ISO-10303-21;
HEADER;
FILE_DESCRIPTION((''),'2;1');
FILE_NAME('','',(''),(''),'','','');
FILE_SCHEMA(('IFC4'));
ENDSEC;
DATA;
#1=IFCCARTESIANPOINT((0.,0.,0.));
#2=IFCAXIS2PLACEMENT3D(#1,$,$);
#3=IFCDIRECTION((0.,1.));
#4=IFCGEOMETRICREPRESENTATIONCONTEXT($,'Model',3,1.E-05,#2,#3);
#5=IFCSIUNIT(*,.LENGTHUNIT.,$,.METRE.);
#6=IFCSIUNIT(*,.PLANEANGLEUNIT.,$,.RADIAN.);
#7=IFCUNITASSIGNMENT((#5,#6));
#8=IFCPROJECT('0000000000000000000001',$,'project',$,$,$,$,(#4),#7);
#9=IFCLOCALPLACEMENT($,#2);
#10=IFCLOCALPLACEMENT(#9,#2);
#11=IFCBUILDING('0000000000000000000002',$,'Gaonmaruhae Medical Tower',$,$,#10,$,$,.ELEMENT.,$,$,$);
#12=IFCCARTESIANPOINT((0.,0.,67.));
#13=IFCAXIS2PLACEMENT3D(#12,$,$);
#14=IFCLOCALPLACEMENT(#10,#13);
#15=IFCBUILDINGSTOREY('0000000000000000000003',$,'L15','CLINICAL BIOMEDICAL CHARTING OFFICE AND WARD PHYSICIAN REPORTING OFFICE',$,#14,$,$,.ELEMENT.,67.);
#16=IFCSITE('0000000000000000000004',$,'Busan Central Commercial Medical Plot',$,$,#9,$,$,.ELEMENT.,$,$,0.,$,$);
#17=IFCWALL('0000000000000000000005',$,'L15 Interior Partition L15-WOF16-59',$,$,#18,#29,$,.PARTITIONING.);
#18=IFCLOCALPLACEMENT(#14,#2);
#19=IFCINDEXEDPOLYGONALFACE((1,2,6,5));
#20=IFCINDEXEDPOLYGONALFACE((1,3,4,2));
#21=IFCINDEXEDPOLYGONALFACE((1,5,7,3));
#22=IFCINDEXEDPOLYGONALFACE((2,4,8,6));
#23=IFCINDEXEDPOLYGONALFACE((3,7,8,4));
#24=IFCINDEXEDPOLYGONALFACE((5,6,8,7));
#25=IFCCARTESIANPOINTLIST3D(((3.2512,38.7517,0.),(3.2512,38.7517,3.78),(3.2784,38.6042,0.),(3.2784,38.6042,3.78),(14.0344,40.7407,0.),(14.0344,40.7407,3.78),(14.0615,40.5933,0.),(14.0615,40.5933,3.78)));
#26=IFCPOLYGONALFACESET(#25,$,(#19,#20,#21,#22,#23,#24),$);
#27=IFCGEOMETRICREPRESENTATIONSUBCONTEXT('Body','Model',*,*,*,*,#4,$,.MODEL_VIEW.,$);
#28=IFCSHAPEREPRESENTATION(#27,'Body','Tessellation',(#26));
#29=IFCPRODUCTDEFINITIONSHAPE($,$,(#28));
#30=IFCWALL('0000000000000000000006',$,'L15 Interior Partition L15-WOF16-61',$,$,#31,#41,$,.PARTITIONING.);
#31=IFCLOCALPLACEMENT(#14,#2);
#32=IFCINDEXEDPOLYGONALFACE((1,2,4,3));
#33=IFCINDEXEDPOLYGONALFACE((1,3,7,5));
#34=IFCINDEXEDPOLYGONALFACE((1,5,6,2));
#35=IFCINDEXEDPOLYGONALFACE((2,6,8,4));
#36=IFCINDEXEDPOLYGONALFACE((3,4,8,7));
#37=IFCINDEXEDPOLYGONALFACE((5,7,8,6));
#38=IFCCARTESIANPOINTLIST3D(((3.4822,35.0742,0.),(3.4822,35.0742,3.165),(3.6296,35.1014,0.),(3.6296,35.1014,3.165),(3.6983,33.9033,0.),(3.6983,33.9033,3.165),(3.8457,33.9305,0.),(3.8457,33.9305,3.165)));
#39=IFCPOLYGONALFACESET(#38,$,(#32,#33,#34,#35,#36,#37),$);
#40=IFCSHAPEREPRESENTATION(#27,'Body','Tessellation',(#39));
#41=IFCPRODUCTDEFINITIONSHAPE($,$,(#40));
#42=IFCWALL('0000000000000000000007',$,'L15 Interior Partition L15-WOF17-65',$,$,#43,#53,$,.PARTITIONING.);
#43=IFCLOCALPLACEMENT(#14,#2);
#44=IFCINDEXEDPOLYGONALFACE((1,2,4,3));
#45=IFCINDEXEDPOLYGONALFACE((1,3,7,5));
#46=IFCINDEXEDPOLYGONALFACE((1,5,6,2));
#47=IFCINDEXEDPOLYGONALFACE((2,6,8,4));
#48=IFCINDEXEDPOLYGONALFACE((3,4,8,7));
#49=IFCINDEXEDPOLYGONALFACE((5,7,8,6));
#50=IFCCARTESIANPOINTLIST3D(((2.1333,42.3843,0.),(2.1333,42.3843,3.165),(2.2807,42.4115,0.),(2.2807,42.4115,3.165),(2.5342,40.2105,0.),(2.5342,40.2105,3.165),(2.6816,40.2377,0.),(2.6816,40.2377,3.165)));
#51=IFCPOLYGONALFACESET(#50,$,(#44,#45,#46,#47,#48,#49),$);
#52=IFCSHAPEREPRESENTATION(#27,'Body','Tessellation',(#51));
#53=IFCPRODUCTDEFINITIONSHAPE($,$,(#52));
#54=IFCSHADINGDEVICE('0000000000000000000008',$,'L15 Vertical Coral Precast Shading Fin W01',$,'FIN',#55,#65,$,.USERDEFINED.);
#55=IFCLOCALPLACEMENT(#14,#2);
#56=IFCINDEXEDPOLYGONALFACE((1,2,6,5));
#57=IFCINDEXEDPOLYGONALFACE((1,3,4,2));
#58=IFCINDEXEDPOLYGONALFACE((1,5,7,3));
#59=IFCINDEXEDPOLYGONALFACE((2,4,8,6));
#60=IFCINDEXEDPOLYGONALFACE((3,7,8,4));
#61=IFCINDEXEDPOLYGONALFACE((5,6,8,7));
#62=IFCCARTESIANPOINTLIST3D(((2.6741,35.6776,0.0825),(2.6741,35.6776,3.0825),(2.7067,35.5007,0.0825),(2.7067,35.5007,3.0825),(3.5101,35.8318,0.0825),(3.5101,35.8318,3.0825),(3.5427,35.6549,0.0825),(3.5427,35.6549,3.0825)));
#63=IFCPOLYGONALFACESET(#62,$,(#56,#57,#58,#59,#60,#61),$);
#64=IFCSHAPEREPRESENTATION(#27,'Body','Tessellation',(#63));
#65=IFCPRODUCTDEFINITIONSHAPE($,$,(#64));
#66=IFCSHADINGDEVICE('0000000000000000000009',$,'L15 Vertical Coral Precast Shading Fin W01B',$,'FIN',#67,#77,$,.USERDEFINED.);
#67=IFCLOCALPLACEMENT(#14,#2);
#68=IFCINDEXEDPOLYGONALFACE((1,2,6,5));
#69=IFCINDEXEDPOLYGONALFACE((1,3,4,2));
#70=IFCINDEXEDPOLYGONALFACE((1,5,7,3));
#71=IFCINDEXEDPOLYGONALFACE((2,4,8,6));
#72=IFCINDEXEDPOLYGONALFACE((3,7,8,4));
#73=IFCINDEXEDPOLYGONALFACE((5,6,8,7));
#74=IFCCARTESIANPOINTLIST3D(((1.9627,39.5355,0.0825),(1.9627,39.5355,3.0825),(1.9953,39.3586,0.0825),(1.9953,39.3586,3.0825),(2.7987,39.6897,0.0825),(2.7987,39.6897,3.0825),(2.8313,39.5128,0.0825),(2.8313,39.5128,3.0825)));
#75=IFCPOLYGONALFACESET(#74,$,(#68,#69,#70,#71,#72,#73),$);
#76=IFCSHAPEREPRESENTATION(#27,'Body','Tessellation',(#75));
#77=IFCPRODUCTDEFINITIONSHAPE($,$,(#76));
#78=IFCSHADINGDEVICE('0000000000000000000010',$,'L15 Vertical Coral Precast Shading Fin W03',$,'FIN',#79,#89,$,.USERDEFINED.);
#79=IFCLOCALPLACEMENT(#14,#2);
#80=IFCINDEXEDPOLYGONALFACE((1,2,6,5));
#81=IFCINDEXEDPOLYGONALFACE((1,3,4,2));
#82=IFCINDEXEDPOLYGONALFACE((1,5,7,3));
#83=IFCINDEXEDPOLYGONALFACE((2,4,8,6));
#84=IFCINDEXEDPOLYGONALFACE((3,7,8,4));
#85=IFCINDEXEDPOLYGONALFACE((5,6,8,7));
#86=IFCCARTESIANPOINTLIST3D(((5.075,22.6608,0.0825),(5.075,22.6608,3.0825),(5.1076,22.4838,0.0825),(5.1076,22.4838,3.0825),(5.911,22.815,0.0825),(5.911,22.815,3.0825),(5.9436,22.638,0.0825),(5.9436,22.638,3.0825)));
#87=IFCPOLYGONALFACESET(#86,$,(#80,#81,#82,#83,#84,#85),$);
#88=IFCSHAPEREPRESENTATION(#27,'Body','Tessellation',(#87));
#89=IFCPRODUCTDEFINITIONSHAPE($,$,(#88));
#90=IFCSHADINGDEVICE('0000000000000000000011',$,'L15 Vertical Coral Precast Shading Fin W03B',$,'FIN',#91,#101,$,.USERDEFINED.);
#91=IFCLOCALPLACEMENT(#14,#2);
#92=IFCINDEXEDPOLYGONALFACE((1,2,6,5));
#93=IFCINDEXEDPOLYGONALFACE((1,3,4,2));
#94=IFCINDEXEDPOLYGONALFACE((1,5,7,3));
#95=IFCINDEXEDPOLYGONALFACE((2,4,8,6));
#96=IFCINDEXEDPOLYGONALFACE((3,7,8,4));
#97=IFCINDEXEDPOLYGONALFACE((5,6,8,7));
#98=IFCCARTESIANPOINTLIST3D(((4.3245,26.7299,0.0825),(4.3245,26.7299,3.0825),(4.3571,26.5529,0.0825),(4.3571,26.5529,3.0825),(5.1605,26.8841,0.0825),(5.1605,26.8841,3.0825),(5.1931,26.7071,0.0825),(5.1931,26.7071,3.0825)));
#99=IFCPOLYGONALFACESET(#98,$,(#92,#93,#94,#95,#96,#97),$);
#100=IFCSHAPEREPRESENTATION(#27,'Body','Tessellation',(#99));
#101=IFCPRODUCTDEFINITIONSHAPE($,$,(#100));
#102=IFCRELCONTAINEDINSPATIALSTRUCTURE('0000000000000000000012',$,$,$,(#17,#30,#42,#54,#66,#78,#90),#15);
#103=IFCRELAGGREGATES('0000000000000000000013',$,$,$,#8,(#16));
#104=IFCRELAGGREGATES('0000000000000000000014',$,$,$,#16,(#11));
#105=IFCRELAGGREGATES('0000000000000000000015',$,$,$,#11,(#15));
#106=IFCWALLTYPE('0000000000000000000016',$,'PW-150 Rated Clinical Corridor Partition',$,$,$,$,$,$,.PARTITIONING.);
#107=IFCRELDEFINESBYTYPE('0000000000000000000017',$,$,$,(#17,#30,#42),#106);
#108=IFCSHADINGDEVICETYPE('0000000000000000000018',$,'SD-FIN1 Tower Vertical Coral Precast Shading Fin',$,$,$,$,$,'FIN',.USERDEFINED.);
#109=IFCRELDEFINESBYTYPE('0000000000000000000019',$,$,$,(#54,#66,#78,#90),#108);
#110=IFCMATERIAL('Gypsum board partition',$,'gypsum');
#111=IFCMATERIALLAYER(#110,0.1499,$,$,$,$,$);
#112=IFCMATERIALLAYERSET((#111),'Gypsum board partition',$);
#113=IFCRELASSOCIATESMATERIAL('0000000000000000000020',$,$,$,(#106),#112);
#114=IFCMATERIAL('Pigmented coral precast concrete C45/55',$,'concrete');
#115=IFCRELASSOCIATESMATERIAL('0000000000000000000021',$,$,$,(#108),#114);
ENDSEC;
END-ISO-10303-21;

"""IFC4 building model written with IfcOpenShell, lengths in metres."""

from ifc_helpers import new_model, si_unit, direction, frame, frame_2d, origin, origin_2d, place, context, subcontext, project, spatial, rectangle, extrude, material, layer, layer_set, type_object, element, save


model = new_model("IFC4")

# Units and contexts
model_context = context("Model", 3, precision=1e-05, world=origin(), true_north=direction((0.0, 1.0)))
body_context = subcontext(model_context, "Body", "Model", "MODEL_VIEW")
ifc_project = project(units=[si_unit("LENGTHUNIT", "METRE"), si_unit("PLANEANGLEUNIT", "RADIAN")], contexts=[model_context])

# Site, building, storey
site_placement = place(None, origin())
site = spatial("IfcSite", under=ifc_project, at=site_placement, Name="Busan Central Commercial Medical Plot", CompositionType="ELEMENT", RefElevation=0.0)
building_placement = place(site_placement, origin())
building = spatial("IfcBuilding", under=site, at=building_placement, Name="Gaonmaruhae Medical Tower", CompositionType="ELEMENT")
storey_placement = place(building_placement, frame((0.0, 0.0, 67.0)))
storey = spatial("IfcBuildingStorey", under=building, at=storey_placement, Name="L15", Description="CLINICAL BIOMEDICAL CHARTING OFFICE AND WARD PHYSICIAN REPORTING OFFICE", CompositionType="ELEMENT", Elevation=67.0)

# Walls
ifc_material_1 = material(Name="Gypsum board partition", Category="gypsum")
ifc_layer_1 = layer(ifc_material_1, 0.1499)
ifc_layer_set_1 = layer_set([ifc_layer_1], Name="Gypsum board partition")
wall_type_1 = type_object("IfcWallType", Name="PW-150 Rated Clinical Corridor Partition", PredefinedType="PARTITIONING", material=ifc_layer_set_1)
wall_1_placement = place(storey_placement, frame((3.2649, 38.678, 0.0), z_axis=(0.0, 0.0, 1.0), x_axis=(0.98341, 0.181395, 0.0)))
element("IfcWall", 1, at=wall_1_placement, inside=storey, type_object=wall_type_1, Name="L15 Interior Partition L15-WOF16-59", PredefinedType="PARTITIONING", context=body_context, shape_type="SweptSolid", body=[
    extrude(rectangle(XDim=10.9651, YDim=0.1499, at=frame_2d((5.4824, 0.0))), origin(), (0.0, 0.0, 1.0), 3.78),
])
wall_2_placement = place(storey_placement, frame((3.772, 33.917, 0.0), z_axis=(0.0, 0.0, 1.0), x_axis=(-0.181465, 0.983397, 0.0)))
element("IfcWall", 2, at=wall_2_placement, inside=storey, type_object=wall_type_1, Name="L15 Interior Partition L15-WOF16-61", PredefinedType="PARTITIONING", context=body_context, shape_type="SweptSolid", body=[
    extrude(rectangle(XDim=1.1907, YDim=0.1499, at=frame_2d((0.5952, 0.0))), origin(), (0.0, 0.0, 1.0), 3.165),
])
wall_3_placement = place(storey_placement, frame((2.6079, 40.2241, 0.0), z_axis=(0.0, 0.0, 1.0), x_axis=(-0.181354, 0.983418, 0.0)))
element("IfcWall", 3, at=wall_3_placement, inside=storey, type_object=wall_type_1, Name="L15 Interior Partition L15-WOF17-65", PredefinedType="PARTITIONING", context=body_context, shape_type="SweptSolid", body=[
    extrude(rectangle(XDim=2.2104, YDim=0.1499, at=frame_2d((1.1052, 0.0))), origin(), (0.0, 0.0, 1.0), 3.165),
])

# Shading devices
ifc_material_2 = material(Name="Pigmented coral precast concrete C45/55", Category="concrete")
shading_device_type = type_object("IfcShadingDeviceType", Name="SD-FIN1 Tower Vertical Coral Precast Shading Fin", ElementType="FIN", PredefinedType="USERDEFINED", material=ifc_material_2)
for number, where, z_axis, x_axis, name in (
    (4, (3.1084, 35.6663, 0.0825), (0.0, 0.0, 1.0), (-0.181377, 0.983414, 0.0), "L15 Vertical Coral Precast Shading Fin W01"),
    (5, (2.397, 39.5242, 0.0825), (0.0, 0.0, 1.0), (-0.181377, 0.983414, 0.0), "L15 Vertical Coral Precast Shading Fin W01B"),
    (6, (5.5093, 22.6494, 0.0825), (0.0, 0.0, 1.0), (-0.181377, 0.983414, 0.0), "L15 Vertical Coral Precast Shading Fin W03"),
    (7, (4.7588, 26.7185, 0.0825), (0.0, 0.0, 1.0), (-0.181377, 0.983414, 0.0), "L15 Vertical Coral Precast Shading Fin W03B"),
):
    element("IfcShadingDevice", number, at=place(storey_placement, frame(where, z_axis=z_axis, x_axis=x_axis)), inside=storey, type_object=shading_device_type, Name=name, ObjectType="FIN", PredefinedType="USERDEFINED", context=body_context, shape_type="SweptSolid", body=[
        extrude(rectangle(XDim=0.1799, YDim=0.8501, at=origin_2d()), origin(), (0.0, 0.0, 1.0), 3.0),
    ])

save(model, "model.ifc")
